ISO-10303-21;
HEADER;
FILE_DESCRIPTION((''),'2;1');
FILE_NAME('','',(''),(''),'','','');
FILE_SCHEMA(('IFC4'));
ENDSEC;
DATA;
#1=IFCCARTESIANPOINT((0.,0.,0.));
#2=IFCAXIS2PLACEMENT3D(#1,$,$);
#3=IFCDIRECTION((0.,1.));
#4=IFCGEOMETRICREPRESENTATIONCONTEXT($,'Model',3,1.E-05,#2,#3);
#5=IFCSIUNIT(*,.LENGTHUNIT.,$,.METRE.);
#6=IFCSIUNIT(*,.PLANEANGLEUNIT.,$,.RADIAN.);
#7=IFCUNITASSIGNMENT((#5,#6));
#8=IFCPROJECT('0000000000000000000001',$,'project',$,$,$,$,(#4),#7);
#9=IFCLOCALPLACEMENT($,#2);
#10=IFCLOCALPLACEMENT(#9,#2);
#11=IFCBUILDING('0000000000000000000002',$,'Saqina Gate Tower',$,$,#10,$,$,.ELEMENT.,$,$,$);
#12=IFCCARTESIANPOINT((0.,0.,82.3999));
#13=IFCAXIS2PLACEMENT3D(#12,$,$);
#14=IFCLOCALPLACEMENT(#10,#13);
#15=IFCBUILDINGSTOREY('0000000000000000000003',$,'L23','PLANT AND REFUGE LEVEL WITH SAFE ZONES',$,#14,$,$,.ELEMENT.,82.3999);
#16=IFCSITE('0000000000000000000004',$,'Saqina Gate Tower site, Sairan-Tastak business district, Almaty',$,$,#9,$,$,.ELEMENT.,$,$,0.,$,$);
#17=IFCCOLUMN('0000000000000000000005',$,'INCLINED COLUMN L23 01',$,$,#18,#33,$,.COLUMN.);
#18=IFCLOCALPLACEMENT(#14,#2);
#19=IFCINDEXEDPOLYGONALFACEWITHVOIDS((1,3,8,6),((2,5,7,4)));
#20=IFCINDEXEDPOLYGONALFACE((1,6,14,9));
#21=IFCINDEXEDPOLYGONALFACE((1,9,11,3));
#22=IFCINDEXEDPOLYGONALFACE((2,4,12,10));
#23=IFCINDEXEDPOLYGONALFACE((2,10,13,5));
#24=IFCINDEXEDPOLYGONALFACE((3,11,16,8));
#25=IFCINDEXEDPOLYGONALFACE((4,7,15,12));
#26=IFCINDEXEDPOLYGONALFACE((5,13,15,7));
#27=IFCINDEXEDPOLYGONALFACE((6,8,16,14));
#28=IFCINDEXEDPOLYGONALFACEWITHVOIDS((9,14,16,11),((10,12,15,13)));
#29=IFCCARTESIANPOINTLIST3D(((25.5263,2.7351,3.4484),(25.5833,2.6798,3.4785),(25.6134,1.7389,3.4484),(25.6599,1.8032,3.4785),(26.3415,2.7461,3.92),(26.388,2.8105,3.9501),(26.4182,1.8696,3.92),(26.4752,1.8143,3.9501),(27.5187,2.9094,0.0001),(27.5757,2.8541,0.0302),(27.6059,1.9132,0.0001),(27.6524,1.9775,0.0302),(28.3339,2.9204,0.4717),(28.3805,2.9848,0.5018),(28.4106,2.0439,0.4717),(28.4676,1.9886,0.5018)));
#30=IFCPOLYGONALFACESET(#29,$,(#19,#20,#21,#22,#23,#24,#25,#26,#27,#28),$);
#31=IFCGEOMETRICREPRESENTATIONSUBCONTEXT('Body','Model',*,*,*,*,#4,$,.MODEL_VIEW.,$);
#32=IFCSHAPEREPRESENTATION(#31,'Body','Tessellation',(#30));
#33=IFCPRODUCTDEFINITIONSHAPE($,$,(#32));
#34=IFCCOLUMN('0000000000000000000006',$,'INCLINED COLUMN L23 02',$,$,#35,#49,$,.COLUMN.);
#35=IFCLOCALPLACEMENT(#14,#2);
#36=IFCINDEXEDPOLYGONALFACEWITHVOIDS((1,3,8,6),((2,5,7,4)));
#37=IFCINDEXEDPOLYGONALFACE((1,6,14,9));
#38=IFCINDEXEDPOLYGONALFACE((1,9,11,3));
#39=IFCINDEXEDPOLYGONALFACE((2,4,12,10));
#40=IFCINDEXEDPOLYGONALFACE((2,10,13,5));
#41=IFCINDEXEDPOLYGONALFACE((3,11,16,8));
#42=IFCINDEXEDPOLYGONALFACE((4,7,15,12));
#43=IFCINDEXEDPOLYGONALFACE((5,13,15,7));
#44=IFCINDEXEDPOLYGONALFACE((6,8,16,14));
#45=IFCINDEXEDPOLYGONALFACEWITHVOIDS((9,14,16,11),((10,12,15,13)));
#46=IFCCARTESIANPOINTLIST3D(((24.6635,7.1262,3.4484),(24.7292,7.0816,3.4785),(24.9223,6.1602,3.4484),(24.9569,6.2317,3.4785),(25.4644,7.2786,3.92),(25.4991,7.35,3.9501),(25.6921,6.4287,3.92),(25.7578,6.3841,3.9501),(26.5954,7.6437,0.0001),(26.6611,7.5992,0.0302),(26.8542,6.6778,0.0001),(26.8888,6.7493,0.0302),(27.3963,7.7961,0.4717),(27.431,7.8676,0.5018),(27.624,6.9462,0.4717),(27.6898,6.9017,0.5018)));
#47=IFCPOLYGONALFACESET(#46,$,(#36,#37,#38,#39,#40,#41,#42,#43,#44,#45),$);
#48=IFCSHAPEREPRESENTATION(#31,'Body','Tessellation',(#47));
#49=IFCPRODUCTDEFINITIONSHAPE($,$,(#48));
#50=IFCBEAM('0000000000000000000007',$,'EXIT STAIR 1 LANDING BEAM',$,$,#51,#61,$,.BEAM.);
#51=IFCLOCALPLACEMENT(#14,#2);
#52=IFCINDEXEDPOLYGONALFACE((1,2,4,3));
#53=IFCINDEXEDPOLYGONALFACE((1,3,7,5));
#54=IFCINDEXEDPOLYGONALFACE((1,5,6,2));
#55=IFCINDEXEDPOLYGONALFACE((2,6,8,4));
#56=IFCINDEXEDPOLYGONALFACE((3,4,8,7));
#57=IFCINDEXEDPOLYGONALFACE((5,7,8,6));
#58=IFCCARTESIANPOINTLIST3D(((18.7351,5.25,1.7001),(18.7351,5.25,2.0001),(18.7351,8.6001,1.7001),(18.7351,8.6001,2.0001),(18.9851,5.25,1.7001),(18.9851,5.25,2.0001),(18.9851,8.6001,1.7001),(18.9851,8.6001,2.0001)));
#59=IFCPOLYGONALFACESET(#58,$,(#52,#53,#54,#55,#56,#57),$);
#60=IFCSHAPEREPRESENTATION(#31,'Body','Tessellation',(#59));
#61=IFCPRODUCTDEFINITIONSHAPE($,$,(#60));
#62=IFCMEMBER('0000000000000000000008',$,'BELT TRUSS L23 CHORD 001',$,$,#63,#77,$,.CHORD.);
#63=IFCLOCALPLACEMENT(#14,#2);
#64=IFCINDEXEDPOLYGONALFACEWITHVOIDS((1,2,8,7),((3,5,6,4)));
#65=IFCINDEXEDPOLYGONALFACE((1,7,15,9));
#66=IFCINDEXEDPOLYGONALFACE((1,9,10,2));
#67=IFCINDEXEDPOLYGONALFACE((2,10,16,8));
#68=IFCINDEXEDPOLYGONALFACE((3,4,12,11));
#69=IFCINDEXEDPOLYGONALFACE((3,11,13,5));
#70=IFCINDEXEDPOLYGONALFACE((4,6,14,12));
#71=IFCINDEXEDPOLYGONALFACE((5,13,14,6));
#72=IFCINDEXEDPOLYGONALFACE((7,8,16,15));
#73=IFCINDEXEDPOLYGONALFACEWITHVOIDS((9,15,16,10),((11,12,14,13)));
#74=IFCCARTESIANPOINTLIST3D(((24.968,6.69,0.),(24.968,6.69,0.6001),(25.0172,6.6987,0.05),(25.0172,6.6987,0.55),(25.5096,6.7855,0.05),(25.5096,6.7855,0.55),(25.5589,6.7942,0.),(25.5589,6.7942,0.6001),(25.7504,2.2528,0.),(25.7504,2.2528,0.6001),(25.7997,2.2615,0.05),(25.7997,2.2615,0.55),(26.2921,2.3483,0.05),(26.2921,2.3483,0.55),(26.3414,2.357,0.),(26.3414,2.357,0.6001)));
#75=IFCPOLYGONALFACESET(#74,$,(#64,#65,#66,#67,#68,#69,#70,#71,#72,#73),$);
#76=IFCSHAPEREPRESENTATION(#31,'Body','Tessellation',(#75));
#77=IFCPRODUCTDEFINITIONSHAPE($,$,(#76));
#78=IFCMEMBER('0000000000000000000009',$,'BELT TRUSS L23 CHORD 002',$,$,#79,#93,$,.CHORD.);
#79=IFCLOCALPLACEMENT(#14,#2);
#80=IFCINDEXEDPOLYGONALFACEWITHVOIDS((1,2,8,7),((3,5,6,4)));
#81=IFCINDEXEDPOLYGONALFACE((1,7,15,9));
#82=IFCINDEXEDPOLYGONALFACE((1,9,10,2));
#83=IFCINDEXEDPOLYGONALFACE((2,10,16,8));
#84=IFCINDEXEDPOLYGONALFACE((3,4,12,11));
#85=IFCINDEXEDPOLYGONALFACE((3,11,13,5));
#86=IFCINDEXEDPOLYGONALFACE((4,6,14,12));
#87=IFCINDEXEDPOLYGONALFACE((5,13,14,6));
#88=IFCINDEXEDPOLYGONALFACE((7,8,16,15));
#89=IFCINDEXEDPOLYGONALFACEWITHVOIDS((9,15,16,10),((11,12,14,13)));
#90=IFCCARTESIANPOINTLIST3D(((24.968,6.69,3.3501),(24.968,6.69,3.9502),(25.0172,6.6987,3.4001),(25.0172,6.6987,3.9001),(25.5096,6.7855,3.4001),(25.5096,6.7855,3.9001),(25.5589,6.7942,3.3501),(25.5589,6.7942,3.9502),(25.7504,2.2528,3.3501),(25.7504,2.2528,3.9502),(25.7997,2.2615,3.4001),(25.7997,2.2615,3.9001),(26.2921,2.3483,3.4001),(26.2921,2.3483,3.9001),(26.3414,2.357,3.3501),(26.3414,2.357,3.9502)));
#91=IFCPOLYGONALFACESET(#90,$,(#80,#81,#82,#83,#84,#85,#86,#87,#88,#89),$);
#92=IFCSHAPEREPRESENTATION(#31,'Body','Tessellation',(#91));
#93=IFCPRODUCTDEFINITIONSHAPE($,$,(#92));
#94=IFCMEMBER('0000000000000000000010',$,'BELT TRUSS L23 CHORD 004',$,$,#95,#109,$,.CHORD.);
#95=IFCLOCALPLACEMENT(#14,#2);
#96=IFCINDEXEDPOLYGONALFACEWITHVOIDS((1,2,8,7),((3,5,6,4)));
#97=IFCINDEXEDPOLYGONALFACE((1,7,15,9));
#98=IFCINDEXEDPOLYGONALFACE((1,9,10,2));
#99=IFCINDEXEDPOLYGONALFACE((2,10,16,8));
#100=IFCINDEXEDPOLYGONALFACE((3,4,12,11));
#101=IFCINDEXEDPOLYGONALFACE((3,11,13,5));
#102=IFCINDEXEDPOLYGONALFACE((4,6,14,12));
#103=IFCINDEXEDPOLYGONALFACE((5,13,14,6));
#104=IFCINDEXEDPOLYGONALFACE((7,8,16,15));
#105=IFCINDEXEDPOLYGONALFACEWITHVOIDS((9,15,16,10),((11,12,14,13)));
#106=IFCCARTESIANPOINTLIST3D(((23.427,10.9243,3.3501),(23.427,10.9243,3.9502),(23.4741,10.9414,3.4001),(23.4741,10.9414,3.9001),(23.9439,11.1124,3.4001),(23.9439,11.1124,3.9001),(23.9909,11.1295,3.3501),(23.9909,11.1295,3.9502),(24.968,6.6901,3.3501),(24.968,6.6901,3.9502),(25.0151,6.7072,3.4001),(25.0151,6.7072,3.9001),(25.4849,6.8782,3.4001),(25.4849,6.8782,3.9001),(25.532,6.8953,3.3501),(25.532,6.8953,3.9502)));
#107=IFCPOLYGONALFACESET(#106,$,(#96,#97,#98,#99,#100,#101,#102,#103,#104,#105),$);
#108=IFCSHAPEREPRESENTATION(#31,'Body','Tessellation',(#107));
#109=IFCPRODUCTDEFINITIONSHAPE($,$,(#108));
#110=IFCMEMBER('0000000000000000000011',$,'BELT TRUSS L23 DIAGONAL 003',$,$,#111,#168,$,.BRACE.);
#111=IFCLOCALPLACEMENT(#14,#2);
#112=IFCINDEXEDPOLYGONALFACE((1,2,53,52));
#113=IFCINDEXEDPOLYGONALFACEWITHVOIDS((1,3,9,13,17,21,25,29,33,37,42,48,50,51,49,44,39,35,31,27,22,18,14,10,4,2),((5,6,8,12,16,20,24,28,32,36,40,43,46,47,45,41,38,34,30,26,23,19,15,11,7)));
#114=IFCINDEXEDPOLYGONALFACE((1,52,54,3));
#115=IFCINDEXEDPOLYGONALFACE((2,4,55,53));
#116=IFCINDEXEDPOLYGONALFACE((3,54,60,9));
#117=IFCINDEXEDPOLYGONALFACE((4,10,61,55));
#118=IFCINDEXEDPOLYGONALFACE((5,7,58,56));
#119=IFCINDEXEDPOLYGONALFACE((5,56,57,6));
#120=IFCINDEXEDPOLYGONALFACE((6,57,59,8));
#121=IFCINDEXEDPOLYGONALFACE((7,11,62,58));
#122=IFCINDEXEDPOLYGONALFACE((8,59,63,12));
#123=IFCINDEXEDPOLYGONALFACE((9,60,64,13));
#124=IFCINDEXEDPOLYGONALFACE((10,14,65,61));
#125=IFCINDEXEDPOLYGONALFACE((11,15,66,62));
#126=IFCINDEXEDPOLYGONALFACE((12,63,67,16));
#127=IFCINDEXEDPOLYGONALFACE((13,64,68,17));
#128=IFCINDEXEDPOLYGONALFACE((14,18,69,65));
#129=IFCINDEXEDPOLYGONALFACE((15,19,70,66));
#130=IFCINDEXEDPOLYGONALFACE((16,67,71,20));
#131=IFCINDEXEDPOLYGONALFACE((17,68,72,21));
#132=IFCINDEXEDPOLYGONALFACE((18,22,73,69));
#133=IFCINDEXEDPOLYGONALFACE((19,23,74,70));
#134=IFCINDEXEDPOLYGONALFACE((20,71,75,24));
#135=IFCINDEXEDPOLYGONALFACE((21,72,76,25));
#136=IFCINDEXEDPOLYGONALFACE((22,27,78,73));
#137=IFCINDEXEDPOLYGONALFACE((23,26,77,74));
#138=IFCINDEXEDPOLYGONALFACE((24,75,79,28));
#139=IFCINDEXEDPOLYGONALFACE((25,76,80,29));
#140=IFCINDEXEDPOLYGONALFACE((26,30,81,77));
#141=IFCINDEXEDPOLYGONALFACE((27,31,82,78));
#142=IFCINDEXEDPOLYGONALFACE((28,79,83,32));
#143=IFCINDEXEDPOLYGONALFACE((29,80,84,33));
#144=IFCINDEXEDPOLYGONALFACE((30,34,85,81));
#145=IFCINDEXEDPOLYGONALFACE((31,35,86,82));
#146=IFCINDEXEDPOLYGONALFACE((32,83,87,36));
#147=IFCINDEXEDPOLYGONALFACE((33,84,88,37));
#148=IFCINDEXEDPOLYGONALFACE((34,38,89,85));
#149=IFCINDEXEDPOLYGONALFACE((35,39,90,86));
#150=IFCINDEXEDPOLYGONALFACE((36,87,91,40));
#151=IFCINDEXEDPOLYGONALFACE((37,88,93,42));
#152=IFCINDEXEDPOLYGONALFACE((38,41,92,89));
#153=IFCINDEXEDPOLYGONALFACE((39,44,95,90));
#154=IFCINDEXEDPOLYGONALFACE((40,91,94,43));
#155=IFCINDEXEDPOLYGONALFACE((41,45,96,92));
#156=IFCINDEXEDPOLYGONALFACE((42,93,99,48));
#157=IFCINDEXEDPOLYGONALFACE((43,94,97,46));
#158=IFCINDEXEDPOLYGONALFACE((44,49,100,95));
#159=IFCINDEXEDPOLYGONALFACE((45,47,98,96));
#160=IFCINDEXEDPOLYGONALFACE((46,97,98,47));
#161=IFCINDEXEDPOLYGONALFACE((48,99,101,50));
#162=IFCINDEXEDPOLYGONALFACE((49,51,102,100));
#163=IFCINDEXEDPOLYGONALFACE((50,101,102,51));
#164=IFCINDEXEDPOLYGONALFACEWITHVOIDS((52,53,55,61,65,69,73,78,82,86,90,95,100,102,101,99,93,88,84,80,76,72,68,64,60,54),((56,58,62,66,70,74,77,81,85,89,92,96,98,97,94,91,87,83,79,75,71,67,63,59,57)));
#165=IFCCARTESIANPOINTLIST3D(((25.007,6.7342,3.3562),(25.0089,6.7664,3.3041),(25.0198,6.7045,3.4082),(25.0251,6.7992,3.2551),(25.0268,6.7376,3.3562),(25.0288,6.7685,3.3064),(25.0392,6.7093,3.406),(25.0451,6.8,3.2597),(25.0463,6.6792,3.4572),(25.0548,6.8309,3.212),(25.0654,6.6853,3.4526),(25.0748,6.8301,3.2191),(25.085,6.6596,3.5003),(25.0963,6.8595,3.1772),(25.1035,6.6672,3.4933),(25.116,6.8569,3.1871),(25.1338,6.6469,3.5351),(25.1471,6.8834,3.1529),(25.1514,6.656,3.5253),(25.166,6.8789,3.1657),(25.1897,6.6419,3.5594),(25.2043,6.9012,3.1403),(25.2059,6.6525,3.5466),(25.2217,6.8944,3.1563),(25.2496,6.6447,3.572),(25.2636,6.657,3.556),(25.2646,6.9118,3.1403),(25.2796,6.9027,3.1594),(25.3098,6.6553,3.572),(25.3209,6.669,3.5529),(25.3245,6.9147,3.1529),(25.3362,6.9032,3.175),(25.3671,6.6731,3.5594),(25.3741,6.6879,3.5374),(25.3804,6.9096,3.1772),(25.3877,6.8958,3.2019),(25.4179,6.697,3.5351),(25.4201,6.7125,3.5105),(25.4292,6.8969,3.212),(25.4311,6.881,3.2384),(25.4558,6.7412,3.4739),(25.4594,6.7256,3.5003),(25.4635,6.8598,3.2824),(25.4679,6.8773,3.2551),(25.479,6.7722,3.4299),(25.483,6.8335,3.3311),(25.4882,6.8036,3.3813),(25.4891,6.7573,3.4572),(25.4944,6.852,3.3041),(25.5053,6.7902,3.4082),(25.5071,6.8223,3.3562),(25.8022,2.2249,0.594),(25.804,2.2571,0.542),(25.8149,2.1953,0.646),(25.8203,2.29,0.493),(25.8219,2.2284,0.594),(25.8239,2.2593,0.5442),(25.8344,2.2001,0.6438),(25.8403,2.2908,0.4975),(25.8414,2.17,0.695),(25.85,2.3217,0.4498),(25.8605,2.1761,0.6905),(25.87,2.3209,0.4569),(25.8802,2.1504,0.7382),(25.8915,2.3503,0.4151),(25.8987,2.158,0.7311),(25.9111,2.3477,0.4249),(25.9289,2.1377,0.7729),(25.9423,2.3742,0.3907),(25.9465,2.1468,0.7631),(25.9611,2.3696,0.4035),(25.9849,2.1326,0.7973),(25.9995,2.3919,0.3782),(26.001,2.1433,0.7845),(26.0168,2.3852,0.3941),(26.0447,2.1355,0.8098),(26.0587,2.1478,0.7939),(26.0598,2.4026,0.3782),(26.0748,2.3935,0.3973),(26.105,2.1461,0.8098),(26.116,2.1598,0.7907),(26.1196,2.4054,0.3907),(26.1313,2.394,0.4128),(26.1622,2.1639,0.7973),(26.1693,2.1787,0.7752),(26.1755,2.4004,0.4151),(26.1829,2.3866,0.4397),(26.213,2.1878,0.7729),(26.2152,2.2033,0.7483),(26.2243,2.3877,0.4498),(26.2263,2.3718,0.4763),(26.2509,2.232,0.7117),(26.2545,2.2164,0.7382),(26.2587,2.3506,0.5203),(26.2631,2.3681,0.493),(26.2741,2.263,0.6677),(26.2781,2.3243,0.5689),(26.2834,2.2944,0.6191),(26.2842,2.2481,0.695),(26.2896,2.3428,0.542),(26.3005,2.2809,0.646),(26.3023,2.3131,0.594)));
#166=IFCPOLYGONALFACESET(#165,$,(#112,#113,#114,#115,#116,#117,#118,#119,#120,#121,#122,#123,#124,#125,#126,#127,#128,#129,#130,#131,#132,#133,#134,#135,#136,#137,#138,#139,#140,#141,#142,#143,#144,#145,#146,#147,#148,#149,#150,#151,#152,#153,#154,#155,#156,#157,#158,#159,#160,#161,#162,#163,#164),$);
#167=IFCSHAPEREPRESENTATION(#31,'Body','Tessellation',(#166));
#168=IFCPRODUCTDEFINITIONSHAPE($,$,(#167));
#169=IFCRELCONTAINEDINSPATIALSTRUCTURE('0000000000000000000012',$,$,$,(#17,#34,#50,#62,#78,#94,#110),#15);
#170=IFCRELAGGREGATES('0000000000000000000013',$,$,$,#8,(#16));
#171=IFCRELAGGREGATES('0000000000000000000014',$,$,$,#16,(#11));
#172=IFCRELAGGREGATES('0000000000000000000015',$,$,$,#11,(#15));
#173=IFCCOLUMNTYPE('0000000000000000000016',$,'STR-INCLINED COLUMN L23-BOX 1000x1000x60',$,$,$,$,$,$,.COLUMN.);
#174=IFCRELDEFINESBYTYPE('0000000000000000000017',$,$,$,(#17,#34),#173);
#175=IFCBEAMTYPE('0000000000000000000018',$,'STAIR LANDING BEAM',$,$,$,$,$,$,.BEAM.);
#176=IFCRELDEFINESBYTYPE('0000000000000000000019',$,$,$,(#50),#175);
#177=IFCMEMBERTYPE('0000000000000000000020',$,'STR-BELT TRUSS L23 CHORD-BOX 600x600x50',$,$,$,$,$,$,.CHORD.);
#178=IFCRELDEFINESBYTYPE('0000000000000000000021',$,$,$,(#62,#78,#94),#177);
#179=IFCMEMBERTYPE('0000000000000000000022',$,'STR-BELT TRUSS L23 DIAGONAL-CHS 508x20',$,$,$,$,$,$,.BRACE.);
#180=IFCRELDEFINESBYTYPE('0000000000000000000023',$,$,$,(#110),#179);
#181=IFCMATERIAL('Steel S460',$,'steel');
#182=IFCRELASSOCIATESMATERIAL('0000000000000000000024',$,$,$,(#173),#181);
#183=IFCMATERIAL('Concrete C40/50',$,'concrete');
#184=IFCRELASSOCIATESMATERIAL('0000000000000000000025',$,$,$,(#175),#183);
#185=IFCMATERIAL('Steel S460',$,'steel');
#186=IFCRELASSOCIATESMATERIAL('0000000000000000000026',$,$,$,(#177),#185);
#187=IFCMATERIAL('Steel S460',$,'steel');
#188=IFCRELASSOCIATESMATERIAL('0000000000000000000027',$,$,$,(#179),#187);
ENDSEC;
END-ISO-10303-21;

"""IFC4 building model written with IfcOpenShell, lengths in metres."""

from ifc_helpers import new_model, si_unit, direction, frame, origin, origin_2d, place, context, subcontext, project, spatial, rectangle, hollow_rectangle, hollow_circle, extrude, material, material_profile, profile_set, type_object, element, save


model = new_model("IFC4")

# Units and contexts
model_context = context("Model", 3, precision=1e-05, world=origin(), true_north=direction((0.0, 1.0)))
body_context = subcontext(model_context, "Body", "Model", "MODEL_VIEW")
ifc_project = project(units=[si_unit("LENGTHUNIT", "METRE"), si_unit("PLANEANGLEUNIT", "RADIAN")], contexts=[model_context])

# Site, building, storey
site_placement = place(None, origin())
site = spatial("IfcSite", under=ifc_project, at=site_placement, Name="Saqina Gate Tower site, Sairan-Tastak business district, Almaty", CompositionType="ELEMENT", RefElevation=0.0)
building_placement = place(site_placement, origin())
building = spatial("IfcBuilding", under=site, at=building_placement, Name="Saqina Gate Tower", CompositionType="ELEMENT")
storey_placement = place(building_placement, frame((0.0, 0.0, 82.3999)))
storey = spatial("IfcBuildingStorey", under=building, at=storey_placement, Name="L23", Description="PLANT AND REFUGE LEVEL WITH SAFE ZONES", CompositionType="ELEMENT", Elevation=82.3999)

# Columns
ifc_material_1 = material(Name="Steel S460", Category="steel")
ifc_material_profile_1 = material_profile(ifc_material_1, hollow_rectangle(XDim=1.0, YDim=1.0, WallThickness=0.0601, at=origin_2d()), Name="BOX 1000x1000x60")
ifc_profile_set_1 = profile_set([ifc_material_profile_1], Name="Steel S460")
column_type = type_object("IfcColumnType", Name="STR-INCLINED COLUMN L23-BOX 1000x1000x60", PredefinedType="COLUMN", material=ifc_profile_set_1)
for number, where, z_axis, x_axis, name in (
    (1, (27.9932, 2.449, 0.251), (-0.49982, -0.043729, 0.865024), (0.087156, -0.996195, 0.0), "INCLINED COLUMN L23 01"),
    (2, (27.1426, 7.2727, 0.251), (-0.484633, -0.12984, 0.865027), (0.258787, -0.965934, 0.0), "INCLINED COLUMN L23 02"),
):
    element("IfcColumn", number, at=place(storey_placement, frame(where, z_axis=z_axis, x_axis=x_axis)), inside=storey, type_object=column_type, Name=name, PredefinedType="COLUMN", context=body_context, shape_type="SweptSolid", body=[
        extrude(hollow_rectangle(XDim=1.0, YDim=1.0, WallThickness=0.0601, at=origin_2d()), origin(), (0.0, 0.0, 1.0), 3.9863),
    ])

# Beam
ifc_material_2 = material(Name="Concrete C40/50", Category="concrete")
ifc_material_profile_2 = material_profile(ifc_material_2, rectangle(XDim=0.25, YDim=0.3, at=origin_2d()), Name="STAIR LANDING BEAM")
ifc_profile_set_2 = profile_set([ifc_material_profile_2], Name="Concrete C40/50")
beam_type_1 = type_object("IfcBeamType", Name="STAIR LANDING BEAM", PredefinedType="BEAM", material=ifc_profile_set_2)
beam_placement = place(storey_placement, frame((18.8601, 5.25, 1.8501), z_axis=(0.0, 1.0, 0.0), x_axis=(-1.0, 0.0, 0.0)))
element("IfcBeam", 3, at=beam_placement, inside=storey, type_object=beam_type_1, Name="EXIT STAIR 1 LANDING BEAM", PredefinedType="BEAM", context=body_context, shape_type="SweptSolid", body=[
    extrude(rectangle(XDim=0.25, YDim=0.3, at=origin_2d()), origin(), (0.0, 0.0, 1.0), 3.3501),
])

# Members
ifc_material_3 = material(Name="Steel S460", Category="steel")
ifc_material_profile_3 = material_profile(ifc_material_3, hollow_rectangle(XDim=0.6001, YDim=0.6001, WallThickness=0.05, at=origin_2d()), Name="BOX 600x600x50")
ifc_profile_set_3 = profile_set([ifc_material_profile_3], Name="Steel S460")
member_type_1 = type_object("IfcMemberType", Name="STR-BELT TRUSS L23 CHORD-BOX 600x600x50", PredefinedType="CHORD", material=ifc_profile_set_3)
for number, where, z_axis, x_axis, name in (
    (4, (26.0459, 2.3049, 0.3), (-0.173662, 0.984805, 0.0), (-0.984805, -0.173662, 0.0), "BELT TRUSS L23 CHORD 001"),
    (5, (26.0459, 2.3049, 3.6501), (-0.173662, 0.984805, 0.0), (-0.984805, -0.173662, 0.0), "BELT TRUSS L23 CHORD 002"),
):
    element("IfcMember", number, at=place(storey_placement, frame(where, z_axis=z_axis, x_axis=x_axis)), inside=storey, type_object=member_type_1, Name=name, PredefinedType="CHORD", context=body_context, shape_type="SweptSolid", body=[
        extrude(hollow_rectangle(XDim=0.6001, YDim=0.6001, WallThickness=0.05, at=origin_2d()), origin(), (0.0, 0.0, 1.0), 4.5056),
    ])
member_1_placement = place(storey_placement, frame((25.25, 6.7927, 3.6501), z_axis=(-0.342004, 0.939698, 0.0), x_axis=(-0.939698, -0.342004, 0.0)))
element("IfcMember", 6, at=member_1_placement, inside=storey, type_object=member_type_1, Name="BELT TRUSS L23 CHORD 004", PredefinedType="CHORD", context=body_context, shape_type="SweptSolid", body=[
    extrude(hollow_rectangle(XDim=0.6001, YDim=0.6001, WallThickness=0.05, at=origin_2d()), origin(), (0.0, 0.0, 1.0), 4.5059),
])
ifc_material_4 = material(Name="Steel S460", Category="steel")
ifc_material_profile_4 = material_profile(ifc_material_4, hollow_circle(Radius=0.2539, WallThickness=0.02, at=origin_2d()), Name="CHS 508x20")
ifc_profile_set_4 = profile_set([ifc_material_profile_4], Name="Steel S460")
member_type_2 = type_object("IfcMemberType", Name="STR-BELT TRUSS L23 DIAGONAL-CHS 508x20", PredefinedType="BRACE", material=ifc_profile_set_4)
for number, where, z_axis, x_axis, name in (
    (7, (26.0522, 2.269, 0.594), (-0.148699, 0.843251, 0.516543), (-0.984806, -0.173661, 0.0), "BELT TRUSS L23 DIAGONAL 003"),
):
    element("IfcMember", number, at=place(storey_placement, frame(where, z_axis=z_axis, x_axis=x_axis)), inside=storey, type_object=member_type_2, Name=name, PredefinedType="BRACE", context=body_context, shape_type="SweptSolid", body=[
        extrude(hollow_circle(Radius=0.2539, WallThickness=0.02, at=origin_2d()), origin(), (0.0, 0.0, 1.0), 5.3474),
    ])

save(model, "model.ifc")
